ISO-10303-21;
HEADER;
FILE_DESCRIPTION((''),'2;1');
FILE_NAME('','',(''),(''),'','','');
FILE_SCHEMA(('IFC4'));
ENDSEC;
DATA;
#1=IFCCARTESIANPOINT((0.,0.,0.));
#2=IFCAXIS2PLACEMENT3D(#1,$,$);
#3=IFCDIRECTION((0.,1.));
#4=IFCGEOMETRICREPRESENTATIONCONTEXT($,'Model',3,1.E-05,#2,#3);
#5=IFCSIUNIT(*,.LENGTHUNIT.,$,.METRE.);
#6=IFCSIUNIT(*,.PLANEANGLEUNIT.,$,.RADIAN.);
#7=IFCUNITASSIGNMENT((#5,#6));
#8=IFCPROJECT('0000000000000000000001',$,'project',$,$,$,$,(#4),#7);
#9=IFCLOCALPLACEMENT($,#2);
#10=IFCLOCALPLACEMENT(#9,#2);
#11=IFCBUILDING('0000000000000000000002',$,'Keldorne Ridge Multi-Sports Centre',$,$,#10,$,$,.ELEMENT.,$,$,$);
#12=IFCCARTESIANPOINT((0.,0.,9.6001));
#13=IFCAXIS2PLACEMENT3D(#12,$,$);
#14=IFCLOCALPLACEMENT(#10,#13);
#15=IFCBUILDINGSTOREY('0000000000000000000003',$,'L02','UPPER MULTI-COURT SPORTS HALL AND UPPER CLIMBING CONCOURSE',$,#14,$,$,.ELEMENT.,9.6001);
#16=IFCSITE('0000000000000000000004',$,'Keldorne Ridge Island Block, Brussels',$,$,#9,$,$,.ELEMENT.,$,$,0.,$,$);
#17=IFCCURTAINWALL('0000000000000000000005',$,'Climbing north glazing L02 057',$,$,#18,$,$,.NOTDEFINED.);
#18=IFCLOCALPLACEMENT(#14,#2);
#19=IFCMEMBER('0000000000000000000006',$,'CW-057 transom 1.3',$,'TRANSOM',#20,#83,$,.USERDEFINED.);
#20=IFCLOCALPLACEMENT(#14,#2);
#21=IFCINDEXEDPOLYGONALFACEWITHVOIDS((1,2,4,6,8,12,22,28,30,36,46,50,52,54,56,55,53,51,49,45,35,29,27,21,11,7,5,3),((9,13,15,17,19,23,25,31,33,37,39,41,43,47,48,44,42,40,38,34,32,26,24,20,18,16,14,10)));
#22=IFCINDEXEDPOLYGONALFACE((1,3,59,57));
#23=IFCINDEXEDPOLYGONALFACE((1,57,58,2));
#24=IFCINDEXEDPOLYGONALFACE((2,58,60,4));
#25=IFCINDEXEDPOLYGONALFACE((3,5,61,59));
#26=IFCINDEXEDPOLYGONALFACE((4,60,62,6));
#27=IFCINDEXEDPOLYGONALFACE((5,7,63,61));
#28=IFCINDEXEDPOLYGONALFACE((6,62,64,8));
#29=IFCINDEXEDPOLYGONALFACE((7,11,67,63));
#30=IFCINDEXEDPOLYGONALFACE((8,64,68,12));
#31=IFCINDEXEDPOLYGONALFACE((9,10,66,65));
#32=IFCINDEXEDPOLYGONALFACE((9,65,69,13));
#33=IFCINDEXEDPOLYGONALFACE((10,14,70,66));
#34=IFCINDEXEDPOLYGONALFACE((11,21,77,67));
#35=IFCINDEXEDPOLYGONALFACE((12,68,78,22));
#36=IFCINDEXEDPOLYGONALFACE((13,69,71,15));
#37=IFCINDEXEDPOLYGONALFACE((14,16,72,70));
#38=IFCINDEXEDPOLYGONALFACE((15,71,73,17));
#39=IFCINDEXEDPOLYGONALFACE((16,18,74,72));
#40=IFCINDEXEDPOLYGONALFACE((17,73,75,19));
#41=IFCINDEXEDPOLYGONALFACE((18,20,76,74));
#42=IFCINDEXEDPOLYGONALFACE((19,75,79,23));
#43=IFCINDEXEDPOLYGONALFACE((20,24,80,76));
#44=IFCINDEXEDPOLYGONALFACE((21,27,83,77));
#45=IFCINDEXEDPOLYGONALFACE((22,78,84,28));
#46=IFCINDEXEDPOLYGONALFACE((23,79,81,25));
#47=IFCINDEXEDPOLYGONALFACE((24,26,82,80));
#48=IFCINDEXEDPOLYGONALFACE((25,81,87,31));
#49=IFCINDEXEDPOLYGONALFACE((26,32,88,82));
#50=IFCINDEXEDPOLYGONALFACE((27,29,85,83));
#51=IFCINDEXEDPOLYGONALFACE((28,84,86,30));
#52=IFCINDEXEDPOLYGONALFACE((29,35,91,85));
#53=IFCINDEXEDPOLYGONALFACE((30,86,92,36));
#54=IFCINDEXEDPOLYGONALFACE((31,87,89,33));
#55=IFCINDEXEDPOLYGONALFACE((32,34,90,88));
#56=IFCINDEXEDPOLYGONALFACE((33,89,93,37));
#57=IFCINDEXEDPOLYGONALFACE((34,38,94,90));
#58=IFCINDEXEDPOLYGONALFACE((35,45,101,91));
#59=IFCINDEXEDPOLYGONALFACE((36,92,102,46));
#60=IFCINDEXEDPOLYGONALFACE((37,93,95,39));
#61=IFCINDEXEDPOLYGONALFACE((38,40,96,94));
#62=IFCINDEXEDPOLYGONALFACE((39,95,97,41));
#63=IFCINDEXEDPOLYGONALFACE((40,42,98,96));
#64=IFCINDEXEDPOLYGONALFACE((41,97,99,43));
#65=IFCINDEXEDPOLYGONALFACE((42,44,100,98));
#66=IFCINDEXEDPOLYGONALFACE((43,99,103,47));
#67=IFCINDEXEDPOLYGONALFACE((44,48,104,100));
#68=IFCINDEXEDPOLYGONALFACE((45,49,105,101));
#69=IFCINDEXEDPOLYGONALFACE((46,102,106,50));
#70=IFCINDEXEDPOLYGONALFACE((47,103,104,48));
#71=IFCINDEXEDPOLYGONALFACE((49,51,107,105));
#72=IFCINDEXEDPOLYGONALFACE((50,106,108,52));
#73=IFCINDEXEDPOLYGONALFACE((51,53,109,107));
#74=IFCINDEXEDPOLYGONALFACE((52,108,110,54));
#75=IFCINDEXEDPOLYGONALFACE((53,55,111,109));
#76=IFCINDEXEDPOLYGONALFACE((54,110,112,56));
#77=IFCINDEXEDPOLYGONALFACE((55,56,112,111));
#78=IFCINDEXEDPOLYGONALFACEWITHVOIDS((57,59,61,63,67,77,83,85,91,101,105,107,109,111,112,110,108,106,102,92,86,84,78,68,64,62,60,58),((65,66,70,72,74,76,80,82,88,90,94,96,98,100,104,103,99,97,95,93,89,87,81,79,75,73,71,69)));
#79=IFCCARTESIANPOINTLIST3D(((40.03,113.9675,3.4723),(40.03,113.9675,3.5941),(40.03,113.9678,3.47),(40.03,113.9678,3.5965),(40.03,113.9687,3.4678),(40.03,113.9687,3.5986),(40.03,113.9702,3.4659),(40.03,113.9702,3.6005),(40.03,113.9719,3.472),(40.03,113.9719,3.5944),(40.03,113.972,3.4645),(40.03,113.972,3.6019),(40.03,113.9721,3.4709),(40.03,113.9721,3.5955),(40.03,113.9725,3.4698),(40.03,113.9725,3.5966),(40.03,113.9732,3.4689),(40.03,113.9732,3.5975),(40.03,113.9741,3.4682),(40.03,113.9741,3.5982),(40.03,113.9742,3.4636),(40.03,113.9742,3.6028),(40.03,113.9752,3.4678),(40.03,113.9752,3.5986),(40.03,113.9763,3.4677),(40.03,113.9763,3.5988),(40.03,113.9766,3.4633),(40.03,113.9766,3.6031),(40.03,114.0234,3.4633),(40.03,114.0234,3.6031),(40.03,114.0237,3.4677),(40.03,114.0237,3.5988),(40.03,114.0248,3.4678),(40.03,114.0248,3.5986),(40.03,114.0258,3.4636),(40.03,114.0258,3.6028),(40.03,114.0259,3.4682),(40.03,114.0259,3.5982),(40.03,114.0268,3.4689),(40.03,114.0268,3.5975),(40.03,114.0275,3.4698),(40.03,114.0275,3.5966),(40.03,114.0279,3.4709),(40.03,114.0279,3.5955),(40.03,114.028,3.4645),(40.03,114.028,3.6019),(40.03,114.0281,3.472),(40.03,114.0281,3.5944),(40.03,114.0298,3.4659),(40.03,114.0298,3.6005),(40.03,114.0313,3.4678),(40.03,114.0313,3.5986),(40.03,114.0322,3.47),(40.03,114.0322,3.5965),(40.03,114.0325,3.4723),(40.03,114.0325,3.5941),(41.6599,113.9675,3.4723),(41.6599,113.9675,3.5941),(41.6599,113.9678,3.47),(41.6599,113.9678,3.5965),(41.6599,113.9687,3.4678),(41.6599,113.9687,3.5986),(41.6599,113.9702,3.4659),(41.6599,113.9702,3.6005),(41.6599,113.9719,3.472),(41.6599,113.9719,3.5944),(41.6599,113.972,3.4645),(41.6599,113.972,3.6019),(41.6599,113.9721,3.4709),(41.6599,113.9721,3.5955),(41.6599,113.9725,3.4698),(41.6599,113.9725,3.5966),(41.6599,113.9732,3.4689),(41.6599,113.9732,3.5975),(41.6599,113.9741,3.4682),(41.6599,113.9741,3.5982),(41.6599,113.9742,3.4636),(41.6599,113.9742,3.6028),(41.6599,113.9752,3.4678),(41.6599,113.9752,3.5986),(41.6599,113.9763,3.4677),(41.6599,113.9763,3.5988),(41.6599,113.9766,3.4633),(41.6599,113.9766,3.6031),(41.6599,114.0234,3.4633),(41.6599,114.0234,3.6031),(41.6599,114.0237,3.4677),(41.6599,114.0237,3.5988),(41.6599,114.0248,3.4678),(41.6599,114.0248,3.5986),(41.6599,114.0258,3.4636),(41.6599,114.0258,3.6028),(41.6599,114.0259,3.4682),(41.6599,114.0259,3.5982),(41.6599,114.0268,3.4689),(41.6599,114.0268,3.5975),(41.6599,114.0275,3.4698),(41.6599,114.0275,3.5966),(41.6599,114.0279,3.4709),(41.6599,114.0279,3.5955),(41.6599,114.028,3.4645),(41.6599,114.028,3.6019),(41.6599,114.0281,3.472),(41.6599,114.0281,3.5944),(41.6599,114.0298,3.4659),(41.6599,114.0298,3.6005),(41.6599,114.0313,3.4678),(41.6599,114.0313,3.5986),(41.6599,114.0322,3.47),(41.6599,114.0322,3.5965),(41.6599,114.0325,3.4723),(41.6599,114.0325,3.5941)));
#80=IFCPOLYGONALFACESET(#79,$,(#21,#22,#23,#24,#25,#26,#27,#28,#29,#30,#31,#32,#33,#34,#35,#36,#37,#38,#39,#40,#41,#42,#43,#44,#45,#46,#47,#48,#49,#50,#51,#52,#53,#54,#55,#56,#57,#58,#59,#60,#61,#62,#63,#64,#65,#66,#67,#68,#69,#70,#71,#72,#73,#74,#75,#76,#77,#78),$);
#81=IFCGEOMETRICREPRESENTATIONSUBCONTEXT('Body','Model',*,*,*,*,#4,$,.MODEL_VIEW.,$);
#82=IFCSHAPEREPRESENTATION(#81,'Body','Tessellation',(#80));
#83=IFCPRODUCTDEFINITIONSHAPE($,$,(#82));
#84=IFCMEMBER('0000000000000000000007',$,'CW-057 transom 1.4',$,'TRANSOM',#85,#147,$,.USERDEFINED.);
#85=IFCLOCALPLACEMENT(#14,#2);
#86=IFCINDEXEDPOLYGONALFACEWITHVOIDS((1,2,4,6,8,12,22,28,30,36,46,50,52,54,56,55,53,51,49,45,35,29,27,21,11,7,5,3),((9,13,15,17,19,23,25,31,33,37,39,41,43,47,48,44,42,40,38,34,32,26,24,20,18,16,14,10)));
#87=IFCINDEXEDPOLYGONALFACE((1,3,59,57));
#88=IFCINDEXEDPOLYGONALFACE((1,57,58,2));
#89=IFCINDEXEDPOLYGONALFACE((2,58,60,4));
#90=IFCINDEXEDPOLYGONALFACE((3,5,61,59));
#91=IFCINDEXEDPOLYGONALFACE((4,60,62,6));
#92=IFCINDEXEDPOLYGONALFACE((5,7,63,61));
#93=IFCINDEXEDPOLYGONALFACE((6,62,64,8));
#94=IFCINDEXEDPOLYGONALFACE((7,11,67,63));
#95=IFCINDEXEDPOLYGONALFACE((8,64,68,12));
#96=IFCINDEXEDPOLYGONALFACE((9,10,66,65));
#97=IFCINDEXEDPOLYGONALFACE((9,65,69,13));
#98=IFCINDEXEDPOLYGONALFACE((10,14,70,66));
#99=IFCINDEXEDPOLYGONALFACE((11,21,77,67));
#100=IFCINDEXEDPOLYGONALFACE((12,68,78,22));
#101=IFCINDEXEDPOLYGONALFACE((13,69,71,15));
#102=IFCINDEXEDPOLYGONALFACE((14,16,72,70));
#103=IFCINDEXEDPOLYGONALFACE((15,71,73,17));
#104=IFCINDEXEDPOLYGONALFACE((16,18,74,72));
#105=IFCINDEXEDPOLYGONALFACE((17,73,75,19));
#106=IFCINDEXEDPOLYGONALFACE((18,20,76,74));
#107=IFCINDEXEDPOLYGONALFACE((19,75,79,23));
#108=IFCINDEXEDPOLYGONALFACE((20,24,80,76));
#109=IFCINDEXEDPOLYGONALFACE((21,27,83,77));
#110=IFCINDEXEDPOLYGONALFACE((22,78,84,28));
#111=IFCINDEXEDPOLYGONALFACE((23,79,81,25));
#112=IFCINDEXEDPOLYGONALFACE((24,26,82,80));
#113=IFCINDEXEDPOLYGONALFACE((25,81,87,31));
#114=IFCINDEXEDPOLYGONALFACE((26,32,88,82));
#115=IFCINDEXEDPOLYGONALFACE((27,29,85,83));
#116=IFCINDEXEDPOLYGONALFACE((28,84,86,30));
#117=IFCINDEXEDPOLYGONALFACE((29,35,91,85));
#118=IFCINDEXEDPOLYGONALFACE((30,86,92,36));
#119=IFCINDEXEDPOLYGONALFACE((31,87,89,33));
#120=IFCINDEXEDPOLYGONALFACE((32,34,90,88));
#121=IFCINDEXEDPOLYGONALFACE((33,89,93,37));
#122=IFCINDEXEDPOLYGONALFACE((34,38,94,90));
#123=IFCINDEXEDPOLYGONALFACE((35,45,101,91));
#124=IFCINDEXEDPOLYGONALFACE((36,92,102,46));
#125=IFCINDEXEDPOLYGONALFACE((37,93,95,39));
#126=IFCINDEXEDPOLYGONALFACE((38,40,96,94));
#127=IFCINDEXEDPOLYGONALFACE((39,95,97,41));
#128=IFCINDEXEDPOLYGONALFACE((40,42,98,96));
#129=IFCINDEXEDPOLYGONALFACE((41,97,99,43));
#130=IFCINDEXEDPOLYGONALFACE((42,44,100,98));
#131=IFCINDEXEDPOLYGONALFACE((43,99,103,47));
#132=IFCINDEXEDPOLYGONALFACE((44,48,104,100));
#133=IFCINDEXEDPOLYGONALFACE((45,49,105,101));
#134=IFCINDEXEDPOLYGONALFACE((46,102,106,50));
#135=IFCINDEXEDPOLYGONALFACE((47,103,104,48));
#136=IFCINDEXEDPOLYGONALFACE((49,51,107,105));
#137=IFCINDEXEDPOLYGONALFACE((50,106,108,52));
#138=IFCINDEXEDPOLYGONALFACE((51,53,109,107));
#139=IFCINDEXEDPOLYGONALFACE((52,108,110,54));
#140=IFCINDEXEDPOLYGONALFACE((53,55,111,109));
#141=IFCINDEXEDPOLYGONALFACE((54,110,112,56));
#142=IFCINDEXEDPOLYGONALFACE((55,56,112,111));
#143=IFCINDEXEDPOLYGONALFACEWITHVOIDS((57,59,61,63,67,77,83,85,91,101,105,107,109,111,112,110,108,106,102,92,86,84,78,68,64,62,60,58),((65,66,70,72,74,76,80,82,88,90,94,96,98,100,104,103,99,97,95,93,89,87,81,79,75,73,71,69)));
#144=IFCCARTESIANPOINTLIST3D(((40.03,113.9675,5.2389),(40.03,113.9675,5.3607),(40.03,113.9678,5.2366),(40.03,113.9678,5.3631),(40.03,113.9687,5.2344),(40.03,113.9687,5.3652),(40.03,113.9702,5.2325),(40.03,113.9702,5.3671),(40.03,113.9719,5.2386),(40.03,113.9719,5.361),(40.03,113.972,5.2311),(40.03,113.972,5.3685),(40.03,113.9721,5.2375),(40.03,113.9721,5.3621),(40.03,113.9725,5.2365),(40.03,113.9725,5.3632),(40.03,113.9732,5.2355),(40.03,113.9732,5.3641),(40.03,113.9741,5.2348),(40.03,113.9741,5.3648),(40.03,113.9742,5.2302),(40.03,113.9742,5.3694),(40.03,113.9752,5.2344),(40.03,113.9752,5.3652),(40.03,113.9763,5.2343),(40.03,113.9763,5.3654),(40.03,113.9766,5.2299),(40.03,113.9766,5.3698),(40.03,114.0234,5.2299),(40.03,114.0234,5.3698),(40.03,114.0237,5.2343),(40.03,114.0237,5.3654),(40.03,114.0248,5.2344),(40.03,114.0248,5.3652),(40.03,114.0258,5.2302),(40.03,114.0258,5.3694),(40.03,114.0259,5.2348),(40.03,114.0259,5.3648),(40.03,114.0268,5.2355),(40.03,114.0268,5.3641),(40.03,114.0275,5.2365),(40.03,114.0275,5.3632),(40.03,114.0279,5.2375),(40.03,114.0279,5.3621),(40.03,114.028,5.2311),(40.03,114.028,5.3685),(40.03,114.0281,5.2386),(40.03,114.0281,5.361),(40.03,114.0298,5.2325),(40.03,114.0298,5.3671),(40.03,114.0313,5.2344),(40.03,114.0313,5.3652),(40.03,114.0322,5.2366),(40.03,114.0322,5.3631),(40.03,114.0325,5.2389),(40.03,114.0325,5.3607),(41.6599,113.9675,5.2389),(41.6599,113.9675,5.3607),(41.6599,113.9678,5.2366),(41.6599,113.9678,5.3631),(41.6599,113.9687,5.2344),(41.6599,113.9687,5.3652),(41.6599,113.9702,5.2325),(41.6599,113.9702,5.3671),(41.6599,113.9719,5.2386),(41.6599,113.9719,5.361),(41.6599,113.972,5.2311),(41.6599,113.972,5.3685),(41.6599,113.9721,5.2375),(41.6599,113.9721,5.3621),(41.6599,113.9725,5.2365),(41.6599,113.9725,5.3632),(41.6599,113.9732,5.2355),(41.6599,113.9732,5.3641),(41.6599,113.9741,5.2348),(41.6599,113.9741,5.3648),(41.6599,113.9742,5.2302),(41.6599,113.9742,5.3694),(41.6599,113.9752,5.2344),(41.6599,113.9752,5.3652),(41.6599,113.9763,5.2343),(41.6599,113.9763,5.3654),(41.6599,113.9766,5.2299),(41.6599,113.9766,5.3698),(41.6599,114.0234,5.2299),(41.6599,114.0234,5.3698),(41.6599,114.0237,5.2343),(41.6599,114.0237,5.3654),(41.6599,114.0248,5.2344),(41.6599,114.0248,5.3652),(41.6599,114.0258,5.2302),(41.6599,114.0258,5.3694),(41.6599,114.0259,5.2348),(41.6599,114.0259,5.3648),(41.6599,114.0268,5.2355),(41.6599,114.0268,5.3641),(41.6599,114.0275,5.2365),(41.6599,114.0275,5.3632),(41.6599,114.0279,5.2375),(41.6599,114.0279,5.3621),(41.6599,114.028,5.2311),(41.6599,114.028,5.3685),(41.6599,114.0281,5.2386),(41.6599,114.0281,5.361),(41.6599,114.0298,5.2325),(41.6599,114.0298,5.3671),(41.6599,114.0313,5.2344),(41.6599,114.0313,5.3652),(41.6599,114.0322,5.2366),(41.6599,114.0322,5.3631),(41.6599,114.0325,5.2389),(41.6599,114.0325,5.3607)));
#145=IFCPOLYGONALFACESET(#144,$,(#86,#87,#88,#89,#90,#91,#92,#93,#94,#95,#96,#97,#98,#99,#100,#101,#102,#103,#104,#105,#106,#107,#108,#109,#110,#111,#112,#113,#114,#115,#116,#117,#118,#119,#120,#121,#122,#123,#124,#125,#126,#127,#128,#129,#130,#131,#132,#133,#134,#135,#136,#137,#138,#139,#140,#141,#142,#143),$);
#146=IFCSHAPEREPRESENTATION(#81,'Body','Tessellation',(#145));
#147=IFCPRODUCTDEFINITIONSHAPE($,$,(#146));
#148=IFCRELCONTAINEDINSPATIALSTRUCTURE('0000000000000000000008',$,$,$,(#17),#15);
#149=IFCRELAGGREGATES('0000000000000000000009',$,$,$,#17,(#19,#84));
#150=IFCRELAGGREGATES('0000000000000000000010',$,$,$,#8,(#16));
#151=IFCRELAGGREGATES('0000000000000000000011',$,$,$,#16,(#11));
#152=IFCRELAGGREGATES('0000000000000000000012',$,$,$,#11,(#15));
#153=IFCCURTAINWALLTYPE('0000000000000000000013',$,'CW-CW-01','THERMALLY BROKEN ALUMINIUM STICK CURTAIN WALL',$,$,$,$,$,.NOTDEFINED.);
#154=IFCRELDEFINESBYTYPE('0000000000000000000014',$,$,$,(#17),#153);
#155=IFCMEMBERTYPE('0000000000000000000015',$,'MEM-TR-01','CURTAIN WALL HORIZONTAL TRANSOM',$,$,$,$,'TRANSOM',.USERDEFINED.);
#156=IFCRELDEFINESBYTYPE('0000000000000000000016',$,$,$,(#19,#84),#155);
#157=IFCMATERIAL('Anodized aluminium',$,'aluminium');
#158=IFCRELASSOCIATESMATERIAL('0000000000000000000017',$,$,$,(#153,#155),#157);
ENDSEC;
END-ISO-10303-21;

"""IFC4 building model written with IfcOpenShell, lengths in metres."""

from ifc_helpers import new_model, si_unit, direction, frame, origin, origin_2d, place, context, subcontext, project, spatial, hollow_rectangle, extrude, material, material_profile, profile_set, type_object, element, aggregate, save


model = new_model("IFC4")

# Units and contexts
model_context = context("Model", 3, precision=1e-05, world=origin(), true_north=direction((0.0, 1.0)))
body_context = subcontext(model_context, "Body", "Model", "MODEL_VIEW")
ifc_project = project(units=[si_unit("LENGTHUNIT", "METRE"), si_unit("PLANEANGLEUNIT", "RADIAN")], contexts=[model_context])

# Site, building, storey
site_placement = place(None, origin())
site = spatial("IfcSite", under=ifc_project, at=site_placement, Name="Keldorne Ridge Island Block, Brussels", CompositionType="ELEMENT", RefElevation=0.0)
building_placement = place(site_placement, origin())
building = spatial("IfcBuilding", under=site, at=building_placement, Name="Keldorne Ridge Multi-Sports Centre", CompositionType="ELEMENT")
storey_placement = place(building_placement, frame((0.0, 0.0, 9.6001)))
storey = spatial("IfcBuildingStorey", under=building, at=storey_placement, Name="L02", Description="UPPER MULTI-COURT SPORTS HALL AND UPPER CLIMBING CONCOURSE", CompositionType="ELEMENT", Elevation=9.6001)

# Curtain wall, members
ifc_material_1 = material(Name="Anodized aluminium", Category="aluminium")
curtain_wall_type_1 = type_object("IfcCurtainWallType", Name="CW-CW-01", Description="THERMALLY BROKEN ALUMINIUM STICK CURTAIN WALL", PredefinedType="NOTDEFINED", material=ifc_material_1)
curtain_wall_1_placement = place(storey_placement, origin())
curtain_wall_1 = element("IfcCurtainWall", 1, at=curtain_wall_1_placement, inside=storey, type_object=curtain_wall_type_1, Name="Climbing north glazing L02 057", PredefinedType="NOTDEFINED")
ifc_material_profile_1 = material_profile(ifc_material_1, hollow_rectangle(XDim=0.0649, YDim=0.1399, WallThickness=0.0044, InnerFilletRadius=0.0044, OuterFilletRadius=0.009, at=origin_2d()), Name="ALU TRANSOM 140x65x4.5")
ifc_profile_set_1 = profile_set([ifc_material_profile_1], Name="Anodized aluminium")
member_type_1 = type_object("IfcMemberType", Name="MEM-TR-01", Description="CURTAIN WALL HORIZONTAL TRANSOM", ElementType="TRANSOM", PredefinedType="USERDEFINED", material=ifc_profile_set_1)
member_1_placement = place(storey_placement, frame((41.6599, 114.0, 3.5332), z_axis=(-1.0, 0.0, 0.0), x_axis=(0.0, -1.0, 0.0)))
member_1 = element("IfcMember", 2, at=member_1_placement, type_object=member_type_1, Name="CW-057 transom 1.3", ObjectType="TRANSOM", PredefinedType="USERDEFINED", context=body_context, shape_type="SweptSolid", body=[
    extrude(hollow_rectangle(XDim=0.0649, YDim=0.1399, WallThickness=0.0044, InnerFilletRadius=0.0044, OuterFilletRadius=0.009, at=origin_2d()), origin(), (0.0, 0.0, 1.0), 1.6299),
])
member_2_placement = place(storey_placement, frame((41.6599, 114.0, 5.2998), z_axis=(-1.0, 0.0, 0.0), x_axis=(0.0, -1.0, 0.0)))
member_2 = element("IfcMember", 3, at=member_2_placement, type_object=member_type_1, Name="CW-057 transom 1.4", ObjectType="TRANSOM", PredefinedType="USERDEFINED", context=body_context, shape_type="SweptSolid", body=[
    extrude(hollow_rectangle(XDim=0.0649, YDim=0.1399, WallThickness=0.0044, InnerFilletRadius=0.0044, OuterFilletRadius=0.009, at=origin_2d()), origin(), (0.0, 0.0, 1.0), 1.6299),
])

aggregate(curtain_wall_1, [member_1, member_2])

save(model, "model.ifc")
